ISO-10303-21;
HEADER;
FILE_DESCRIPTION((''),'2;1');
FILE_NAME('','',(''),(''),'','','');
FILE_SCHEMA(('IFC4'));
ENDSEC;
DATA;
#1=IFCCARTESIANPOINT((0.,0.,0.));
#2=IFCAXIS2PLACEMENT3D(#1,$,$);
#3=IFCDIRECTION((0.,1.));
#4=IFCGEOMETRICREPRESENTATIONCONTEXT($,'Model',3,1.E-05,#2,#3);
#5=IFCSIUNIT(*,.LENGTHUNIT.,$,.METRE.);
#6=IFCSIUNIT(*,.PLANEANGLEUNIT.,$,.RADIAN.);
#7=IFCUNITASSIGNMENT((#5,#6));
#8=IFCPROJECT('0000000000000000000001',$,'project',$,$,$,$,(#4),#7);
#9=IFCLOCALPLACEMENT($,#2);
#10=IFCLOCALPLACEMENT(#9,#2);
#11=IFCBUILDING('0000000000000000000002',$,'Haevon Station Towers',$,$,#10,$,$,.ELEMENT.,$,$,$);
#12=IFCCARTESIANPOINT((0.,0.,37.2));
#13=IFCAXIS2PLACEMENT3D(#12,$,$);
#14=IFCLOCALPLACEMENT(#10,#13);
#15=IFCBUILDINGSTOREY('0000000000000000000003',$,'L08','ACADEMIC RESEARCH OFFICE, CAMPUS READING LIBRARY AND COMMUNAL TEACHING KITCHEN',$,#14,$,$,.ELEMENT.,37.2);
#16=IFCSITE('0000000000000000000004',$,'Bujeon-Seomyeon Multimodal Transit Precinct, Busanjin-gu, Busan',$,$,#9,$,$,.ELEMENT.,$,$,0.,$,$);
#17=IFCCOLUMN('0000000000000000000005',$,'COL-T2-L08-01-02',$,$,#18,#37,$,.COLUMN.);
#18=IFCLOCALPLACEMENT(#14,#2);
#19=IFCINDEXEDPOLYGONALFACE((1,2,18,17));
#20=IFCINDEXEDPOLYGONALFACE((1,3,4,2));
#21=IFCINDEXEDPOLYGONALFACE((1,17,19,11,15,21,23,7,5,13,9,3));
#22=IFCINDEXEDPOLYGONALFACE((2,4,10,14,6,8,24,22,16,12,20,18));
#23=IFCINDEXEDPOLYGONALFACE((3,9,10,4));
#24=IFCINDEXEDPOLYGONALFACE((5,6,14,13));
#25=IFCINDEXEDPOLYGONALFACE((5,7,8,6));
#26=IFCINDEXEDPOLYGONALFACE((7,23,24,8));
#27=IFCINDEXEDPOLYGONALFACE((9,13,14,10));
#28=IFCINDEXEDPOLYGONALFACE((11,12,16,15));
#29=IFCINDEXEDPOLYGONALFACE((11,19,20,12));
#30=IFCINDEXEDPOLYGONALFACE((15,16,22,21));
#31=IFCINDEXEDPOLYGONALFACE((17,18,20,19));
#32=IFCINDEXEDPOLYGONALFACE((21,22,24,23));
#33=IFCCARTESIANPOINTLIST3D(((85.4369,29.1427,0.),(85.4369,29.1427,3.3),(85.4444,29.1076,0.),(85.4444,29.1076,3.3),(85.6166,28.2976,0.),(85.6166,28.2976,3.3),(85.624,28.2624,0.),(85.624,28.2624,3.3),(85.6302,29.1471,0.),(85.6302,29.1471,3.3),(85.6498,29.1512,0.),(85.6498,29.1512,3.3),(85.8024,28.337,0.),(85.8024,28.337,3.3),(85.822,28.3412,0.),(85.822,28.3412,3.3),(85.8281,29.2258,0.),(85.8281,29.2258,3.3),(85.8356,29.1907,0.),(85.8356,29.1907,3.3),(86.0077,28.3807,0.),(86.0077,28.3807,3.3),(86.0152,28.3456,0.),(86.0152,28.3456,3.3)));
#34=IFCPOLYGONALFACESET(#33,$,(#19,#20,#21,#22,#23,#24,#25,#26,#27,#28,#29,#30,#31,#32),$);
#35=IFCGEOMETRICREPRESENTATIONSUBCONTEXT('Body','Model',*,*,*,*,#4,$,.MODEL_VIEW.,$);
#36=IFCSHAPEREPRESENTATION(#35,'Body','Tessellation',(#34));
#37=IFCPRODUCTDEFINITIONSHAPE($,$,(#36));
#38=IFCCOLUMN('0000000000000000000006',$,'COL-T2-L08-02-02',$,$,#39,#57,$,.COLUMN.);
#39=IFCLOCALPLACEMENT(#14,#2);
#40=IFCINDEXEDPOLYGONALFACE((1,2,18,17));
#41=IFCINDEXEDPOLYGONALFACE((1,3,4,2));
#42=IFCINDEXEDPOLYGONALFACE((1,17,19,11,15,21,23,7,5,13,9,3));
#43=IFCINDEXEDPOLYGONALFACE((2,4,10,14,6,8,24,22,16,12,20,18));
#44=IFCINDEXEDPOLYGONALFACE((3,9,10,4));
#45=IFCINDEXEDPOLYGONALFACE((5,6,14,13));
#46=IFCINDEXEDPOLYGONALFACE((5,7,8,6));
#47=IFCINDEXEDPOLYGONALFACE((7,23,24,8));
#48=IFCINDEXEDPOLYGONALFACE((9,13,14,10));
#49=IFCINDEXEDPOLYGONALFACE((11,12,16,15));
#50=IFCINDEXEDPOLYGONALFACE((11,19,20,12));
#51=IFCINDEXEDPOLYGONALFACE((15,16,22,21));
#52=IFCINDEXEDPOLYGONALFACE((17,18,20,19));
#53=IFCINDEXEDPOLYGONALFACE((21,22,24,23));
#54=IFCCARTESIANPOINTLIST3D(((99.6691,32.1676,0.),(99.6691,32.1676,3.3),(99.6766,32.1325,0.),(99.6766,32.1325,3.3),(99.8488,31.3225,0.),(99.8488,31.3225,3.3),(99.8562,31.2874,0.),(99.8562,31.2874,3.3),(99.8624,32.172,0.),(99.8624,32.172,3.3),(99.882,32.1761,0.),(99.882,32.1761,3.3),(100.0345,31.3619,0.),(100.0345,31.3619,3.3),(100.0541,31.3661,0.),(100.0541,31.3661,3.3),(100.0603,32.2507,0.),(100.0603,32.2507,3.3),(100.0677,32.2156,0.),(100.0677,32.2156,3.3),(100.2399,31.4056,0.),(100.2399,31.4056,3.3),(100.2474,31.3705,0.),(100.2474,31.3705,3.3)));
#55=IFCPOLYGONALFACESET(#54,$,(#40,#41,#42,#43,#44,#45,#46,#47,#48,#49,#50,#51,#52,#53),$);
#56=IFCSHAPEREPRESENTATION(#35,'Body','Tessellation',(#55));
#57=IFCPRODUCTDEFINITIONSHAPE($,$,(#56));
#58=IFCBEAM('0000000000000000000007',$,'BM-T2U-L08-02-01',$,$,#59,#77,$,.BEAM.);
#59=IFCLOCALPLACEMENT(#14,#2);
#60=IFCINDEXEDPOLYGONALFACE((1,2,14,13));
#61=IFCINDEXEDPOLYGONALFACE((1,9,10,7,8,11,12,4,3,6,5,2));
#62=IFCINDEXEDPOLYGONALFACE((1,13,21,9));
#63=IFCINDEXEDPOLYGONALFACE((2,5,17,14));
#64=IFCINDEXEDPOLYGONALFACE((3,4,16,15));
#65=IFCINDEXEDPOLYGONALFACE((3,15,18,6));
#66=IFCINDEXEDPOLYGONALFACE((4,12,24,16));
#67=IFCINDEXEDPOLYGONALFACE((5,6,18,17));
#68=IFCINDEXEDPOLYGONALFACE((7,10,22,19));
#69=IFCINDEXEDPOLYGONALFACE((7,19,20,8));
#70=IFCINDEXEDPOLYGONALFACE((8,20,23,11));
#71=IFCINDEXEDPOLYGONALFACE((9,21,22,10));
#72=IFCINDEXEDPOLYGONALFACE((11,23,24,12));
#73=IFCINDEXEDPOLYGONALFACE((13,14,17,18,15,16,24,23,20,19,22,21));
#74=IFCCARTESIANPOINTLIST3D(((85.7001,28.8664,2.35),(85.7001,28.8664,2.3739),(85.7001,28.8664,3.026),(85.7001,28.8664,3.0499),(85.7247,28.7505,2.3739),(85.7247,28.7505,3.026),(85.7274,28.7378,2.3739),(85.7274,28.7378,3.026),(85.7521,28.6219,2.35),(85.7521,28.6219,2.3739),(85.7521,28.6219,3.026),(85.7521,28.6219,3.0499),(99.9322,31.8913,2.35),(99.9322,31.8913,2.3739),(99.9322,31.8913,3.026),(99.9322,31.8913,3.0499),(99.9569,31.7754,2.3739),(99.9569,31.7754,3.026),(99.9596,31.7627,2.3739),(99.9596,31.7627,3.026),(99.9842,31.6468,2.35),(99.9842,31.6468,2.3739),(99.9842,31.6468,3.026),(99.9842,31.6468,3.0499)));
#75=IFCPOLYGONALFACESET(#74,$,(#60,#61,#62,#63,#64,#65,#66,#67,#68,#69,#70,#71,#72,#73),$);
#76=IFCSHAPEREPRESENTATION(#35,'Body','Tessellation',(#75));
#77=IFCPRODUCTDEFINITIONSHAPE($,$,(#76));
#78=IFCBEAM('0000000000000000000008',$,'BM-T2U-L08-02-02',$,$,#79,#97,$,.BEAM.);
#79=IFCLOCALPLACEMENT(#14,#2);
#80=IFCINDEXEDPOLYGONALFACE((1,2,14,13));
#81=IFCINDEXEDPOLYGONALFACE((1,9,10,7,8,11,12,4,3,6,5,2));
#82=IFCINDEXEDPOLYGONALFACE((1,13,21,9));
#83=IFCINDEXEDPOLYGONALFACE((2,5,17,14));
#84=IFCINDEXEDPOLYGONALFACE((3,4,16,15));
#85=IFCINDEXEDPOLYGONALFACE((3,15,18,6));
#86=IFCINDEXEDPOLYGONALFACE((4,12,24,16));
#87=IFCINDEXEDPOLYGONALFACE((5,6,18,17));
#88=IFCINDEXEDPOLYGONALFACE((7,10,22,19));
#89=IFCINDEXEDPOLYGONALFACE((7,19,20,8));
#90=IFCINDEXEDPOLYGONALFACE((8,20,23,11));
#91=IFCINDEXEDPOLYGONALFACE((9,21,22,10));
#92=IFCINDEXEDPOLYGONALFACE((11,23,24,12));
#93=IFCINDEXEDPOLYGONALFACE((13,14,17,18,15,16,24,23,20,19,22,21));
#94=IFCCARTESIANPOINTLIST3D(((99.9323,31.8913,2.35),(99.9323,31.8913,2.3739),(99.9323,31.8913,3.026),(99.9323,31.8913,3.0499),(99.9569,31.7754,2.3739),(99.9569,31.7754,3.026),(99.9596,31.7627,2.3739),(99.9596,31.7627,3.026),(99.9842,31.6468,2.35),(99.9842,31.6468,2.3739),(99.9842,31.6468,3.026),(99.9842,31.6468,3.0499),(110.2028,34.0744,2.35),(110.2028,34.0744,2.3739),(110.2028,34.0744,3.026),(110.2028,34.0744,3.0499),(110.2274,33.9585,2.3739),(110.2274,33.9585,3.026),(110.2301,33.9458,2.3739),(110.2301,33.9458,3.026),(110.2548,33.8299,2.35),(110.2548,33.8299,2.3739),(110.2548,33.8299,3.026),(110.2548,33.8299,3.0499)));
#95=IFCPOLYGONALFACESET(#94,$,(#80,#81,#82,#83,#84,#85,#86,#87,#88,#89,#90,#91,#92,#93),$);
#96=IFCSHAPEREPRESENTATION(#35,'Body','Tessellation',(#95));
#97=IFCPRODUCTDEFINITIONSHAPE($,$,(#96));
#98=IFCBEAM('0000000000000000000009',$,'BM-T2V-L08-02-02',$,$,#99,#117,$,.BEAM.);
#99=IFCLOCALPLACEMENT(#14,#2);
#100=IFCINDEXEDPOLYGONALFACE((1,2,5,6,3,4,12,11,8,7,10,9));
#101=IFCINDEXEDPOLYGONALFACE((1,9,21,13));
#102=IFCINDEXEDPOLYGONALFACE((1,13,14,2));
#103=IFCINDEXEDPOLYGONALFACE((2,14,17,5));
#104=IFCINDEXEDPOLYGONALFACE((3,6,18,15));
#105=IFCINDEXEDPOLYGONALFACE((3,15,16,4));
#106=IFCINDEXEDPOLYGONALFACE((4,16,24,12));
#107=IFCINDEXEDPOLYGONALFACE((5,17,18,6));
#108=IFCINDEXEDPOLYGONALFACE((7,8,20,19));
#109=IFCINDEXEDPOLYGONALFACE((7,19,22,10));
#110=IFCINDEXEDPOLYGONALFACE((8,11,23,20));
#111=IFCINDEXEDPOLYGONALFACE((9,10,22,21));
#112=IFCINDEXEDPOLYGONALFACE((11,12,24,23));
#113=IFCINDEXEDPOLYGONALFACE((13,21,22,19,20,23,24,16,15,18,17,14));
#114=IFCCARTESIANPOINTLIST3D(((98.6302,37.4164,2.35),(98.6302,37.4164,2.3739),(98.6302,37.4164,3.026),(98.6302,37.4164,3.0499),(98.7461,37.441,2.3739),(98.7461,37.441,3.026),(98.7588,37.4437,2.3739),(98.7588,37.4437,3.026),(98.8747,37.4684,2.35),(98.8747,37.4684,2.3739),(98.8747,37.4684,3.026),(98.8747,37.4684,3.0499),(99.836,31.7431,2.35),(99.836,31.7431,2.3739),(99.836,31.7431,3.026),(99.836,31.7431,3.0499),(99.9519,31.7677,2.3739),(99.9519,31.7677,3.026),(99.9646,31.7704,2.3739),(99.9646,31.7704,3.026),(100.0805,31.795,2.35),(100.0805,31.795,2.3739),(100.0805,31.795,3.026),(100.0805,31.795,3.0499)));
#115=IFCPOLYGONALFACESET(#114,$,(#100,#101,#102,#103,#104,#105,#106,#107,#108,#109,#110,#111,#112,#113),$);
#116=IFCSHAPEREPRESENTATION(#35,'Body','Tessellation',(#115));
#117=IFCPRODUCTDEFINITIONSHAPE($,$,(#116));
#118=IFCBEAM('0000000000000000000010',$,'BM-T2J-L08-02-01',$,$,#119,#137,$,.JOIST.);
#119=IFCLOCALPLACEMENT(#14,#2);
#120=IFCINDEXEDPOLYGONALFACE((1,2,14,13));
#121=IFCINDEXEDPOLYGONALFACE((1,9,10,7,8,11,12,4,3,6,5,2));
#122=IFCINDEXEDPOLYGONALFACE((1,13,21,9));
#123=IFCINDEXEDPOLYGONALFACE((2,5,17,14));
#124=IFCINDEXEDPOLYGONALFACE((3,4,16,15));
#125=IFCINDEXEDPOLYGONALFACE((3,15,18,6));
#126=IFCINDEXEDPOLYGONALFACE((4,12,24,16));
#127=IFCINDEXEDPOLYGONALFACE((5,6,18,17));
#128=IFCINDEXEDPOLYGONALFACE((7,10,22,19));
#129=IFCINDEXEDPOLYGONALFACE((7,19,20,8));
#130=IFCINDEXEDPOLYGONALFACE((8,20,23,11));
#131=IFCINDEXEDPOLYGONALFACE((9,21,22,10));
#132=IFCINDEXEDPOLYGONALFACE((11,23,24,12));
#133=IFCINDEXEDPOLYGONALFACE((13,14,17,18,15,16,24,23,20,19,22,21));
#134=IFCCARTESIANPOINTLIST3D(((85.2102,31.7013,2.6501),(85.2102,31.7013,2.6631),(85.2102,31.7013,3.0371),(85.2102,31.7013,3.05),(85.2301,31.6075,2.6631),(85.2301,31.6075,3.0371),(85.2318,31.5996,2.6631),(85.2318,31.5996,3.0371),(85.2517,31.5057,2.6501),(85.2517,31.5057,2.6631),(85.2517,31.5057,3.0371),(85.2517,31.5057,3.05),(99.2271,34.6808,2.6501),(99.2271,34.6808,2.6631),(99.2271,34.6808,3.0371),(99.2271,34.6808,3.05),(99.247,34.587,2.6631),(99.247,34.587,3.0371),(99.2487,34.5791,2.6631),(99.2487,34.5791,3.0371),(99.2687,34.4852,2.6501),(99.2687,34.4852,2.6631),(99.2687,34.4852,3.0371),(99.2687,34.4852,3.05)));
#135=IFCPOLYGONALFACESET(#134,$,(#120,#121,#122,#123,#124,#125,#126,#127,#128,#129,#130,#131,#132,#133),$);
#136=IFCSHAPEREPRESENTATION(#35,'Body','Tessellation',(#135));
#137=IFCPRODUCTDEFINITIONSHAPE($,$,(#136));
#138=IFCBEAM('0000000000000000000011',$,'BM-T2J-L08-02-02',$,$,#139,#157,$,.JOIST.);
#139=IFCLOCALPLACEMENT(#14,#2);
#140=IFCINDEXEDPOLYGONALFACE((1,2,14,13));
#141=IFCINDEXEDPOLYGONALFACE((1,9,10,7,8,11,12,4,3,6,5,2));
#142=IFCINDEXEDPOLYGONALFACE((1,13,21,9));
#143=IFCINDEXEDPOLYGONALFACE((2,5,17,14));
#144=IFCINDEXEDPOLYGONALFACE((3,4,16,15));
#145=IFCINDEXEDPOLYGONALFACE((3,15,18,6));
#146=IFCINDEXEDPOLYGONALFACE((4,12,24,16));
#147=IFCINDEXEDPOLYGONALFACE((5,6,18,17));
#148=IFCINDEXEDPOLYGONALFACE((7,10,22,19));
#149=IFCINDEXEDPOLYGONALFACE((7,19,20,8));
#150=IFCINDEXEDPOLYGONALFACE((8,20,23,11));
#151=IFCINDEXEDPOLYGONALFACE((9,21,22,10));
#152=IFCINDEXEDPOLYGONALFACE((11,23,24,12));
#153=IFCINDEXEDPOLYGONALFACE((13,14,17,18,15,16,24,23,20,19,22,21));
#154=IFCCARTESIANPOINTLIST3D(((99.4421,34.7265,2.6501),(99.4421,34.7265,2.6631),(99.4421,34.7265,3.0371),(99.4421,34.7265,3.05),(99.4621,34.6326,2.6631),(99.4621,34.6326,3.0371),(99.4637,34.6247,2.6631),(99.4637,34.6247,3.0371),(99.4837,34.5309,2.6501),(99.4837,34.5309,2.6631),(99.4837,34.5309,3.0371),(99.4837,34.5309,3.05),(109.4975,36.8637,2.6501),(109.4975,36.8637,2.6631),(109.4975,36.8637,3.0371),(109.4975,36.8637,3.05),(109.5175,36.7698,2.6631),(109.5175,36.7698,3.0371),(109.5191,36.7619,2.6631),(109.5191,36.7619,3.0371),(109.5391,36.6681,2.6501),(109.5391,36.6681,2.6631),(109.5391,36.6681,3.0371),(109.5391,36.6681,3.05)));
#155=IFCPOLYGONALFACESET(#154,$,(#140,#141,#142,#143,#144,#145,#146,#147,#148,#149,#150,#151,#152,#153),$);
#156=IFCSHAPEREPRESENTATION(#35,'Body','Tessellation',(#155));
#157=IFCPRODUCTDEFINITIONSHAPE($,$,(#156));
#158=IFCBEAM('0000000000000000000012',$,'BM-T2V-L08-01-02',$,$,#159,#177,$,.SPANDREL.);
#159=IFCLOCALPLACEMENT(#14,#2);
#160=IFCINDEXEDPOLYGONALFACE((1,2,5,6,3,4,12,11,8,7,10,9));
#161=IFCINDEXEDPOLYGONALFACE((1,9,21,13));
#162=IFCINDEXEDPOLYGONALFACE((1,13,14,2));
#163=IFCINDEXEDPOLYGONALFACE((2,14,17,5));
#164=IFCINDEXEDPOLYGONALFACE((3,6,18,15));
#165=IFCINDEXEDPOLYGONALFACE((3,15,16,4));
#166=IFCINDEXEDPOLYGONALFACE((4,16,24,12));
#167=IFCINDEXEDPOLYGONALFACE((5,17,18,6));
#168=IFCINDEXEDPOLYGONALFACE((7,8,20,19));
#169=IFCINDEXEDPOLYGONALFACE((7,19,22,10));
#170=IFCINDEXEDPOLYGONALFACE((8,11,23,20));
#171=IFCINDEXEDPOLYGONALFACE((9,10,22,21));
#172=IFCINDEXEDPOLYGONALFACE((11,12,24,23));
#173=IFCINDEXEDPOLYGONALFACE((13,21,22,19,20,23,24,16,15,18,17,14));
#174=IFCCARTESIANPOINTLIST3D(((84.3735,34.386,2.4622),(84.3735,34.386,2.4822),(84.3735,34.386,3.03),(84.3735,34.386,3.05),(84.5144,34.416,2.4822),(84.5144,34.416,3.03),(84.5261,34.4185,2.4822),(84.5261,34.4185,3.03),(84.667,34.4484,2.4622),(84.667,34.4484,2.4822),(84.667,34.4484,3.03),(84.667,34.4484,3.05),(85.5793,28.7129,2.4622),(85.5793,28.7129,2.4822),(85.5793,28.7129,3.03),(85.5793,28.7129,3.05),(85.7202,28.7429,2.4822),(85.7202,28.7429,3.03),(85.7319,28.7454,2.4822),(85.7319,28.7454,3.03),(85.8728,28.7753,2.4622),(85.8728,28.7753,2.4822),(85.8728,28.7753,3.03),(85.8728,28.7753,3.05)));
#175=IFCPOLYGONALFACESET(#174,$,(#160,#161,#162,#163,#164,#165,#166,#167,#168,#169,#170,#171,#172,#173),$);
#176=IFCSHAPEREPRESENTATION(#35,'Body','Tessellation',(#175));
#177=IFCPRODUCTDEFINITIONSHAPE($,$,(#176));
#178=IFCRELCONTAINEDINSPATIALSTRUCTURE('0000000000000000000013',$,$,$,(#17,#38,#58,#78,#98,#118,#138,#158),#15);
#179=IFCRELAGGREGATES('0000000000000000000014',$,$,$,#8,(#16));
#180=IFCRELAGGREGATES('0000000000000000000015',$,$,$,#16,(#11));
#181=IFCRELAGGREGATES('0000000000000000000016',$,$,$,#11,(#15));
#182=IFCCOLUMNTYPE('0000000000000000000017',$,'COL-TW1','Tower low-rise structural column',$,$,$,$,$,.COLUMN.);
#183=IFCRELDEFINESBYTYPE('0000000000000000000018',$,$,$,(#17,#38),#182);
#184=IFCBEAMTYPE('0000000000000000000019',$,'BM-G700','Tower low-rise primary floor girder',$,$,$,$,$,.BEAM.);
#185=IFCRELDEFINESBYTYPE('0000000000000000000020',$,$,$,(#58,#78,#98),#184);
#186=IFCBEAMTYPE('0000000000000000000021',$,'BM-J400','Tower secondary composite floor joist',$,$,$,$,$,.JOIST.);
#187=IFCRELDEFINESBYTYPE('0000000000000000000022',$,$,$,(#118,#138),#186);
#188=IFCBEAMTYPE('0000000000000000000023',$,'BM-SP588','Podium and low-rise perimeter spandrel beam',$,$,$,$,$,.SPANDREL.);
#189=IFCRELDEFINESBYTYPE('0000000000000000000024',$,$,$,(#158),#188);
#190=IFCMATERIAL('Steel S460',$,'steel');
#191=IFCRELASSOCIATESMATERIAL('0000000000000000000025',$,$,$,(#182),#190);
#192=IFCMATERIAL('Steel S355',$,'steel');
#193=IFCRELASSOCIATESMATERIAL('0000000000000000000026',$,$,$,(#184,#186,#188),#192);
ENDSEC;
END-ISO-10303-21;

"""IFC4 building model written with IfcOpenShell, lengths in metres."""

from ifc_helpers import new_model, si_unit, direction, frame, origin, origin_2d, place, context, subcontext, project, spatial, i_section, extrude, material, material_profile, profile_set, type_object, element, save


model = new_model("IFC4")

# Units and contexts
model_context = context("Model", 3, precision=1e-05, world=origin(), true_north=direction((0.0, 1.0)))
body_context = subcontext(model_context, "Body", "Model", "MODEL_VIEW")
ifc_project = project(units=[si_unit("LENGTHUNIT", "METRE"), si_unit("PLANEANGLEUNIT", "RADIAN")], contexts=[model_context])

# Site, building, storey
site_placement = place(None, origin())
site = spatial("IfcSite", under=ifc_project, at=site_placement, Name="Bujeon-Seomyeon Multimodal Transit Precinct, Busanjin-gu, Busan", CompositionType="ELEMENT", RefElevation=0.0)
building_placement = place(site_placement, origin())
building = spatial("IfcBuilding", under=site, at=building_placement, Name="Haevon Station Towers", CompositionType="ELEMENT")
storey_placement = place(building_placement, frame((0.0, 0.0, 37.2)))
storey = spatial("IfcBuildingStorey", under=building, at=storey_placement, Name="L08", Description="ACADEMIC RESEARCH OFFICE, CAMPUS READING LIBRARY AND COMMUNAL TEACHING KITCHEN", CompositionType="ELEMENT", Elevation=37.2)

# Columns
ifc_material_1 = material(Name="Steel S460", Category="steel")
ifc_material_profile_1 = material_profile(ifc_material_1, i_section(OverallWidth=0.3999, OverallDepth=0.8999, WebThickness=0.02, FlangeThickness=0.0359, at=origin_2d()), Name="H-900x400x20x36")
ifc_profile_set_1 = profile_set([ifc_material_profile_1], Name="Steel S460")
column_type = type_object("IfcColumnType", Name="COL-TW1", Description="Tower low-rise structural column", PredefinedType="COLUMN", material=ifc_profile_set_1)
for number, where, z_axis, x_axis, name in (
    (1, (85.7261, 28.7441, 0.0), (0.0, 0.0, 1.0), (0.978148, 0.207912, 0.0), "COL-T2-L08-01-02"),
    (2, (99.9583, 31.769, 0.0), (0.0, 0.0, 1.0), (0.978148, 0.207912, 0.0), "COL-T2-L08-02-02"),
):
    element("IfcColumn", number, at=place(storey_placement, frame(where, z_axis=z_axis, x_axis=x_axis)), inside=storey, type_object=column_type, Name=name, PredefinedType="COLUMN", context=body_context, shape_type="SweptSolid", body=[
        extrude(i_section(OverallWidth=0.3999, OverallDepth=0.8999, WebThickness=0.02, FlangeThickness=0.0359, at=origin_2d()), origin(), (0.0, 0.0, 1.0), 3.3),
    ])

# Beams
ifc_material_2 = material(Name="Steel S355", Category="steel")
ifc_material_profile_2 = material_profile(ifc_material_2, i_section(OverallWidth=0.25, OverallDepth=0.7, WebThickness=0.0129, FlangeThickness=0.0239, at=origin_2d()), Name="H-700x250x13x24")
ifc_profile_set_2 = profile_set([ifc_material_profile_2], Name="Steel S355")
beam_type_1 = type_object("IfcBeamType", Name="BM-G700", Description="Tower low-rise primary floor girder", PredefinedType="BEAM", material=ifc_profile_set_2)
beam_1_placement = place(storey_placement, frame((85.7261, 28.7441, 2.7), z_axis=(0.978151, 0.207896, 0.0), x_axis=(-0.207896, 0.978151, 0.0)))
element("IfcBeam", 3, at=beam_1_placement, inside=storey, type_object=beam_type_1, Name="BM-T2U-L08-02-01", PredefinedType="BEAM", context=body_context, shape_type="SweptSolid", body=[
    extrude(i_section(OverallWidth=0.25, OverallDepth=0.7, WebThickness=0.0129, FlangeThickness=0.0239, at=origin_2d()), origin(), (0.0, 0.0, 1.0), 14.55),
])
beam_2_placement = place(storey_placement, frame((99.9583, 31.769, 2.7), z_axis=(0.978147, 0.207915, 0.0), x_axis=(-0.207915, 0.978147, 0.0)))
element("IfcBeam", 4, at=beam_2_placement, inside=storey, type_object=beam_type_1, Name="BM-T2U-L08-02-02", PredefinedType="BEAM", context=body_context, shape_type="SweptSolid", body=[
    extrude(i_section(OverallWidth=0.25, OverallDepth=0.7, WebThickness=0.0129, FlangeThickness=0.0239, at=origin_2d()), origin(), (0.0, 0.0, 1.0), 10.5),
])
beam_3_placement = place(storey_placement, frame((99.9583, 31.769, 2.7), z_axis=(-0.207896, 0.978151, 0.0), x_axis=(-0.978151, -0.207896, 0.0)))
element("IfcBeam", 5, at=beam_3_placement, inside=storey, type_object=beam_type_1, Name="BM-T2V-L08-02-02", PredefinedType="BEAM", context=body_context, shape_type="SweptSolid", body=[
    extrude(i_section(OverallWidth=0.25, OverallDepth=0.7, WebThickness=0.0129, FlangeThickness=0.0239, at=origin_2d()), origin(), (0.0, 0.0, 1.0), 5.8),
])
ifc_material_profile_3 = material_profile(ifc_material_2, i_section(OverallWidth=0.2, OverallDepth=0.3999, WebThickness=0.0081, FlangeThickness=0.0129, at=origin_2d()), Name="H-400x200x8x13")
ifc_profile_set_3 = profile_set([ifc_material_profile_3], Name="Steel S355")
beam_type_2 = type_object("IfcBeamType", Name="BM-J400", Description="Tower secondary composite floor joist", PredefinedType="JOIST", material=ifc_profile_set_3)
beam_4_placement = place(storey_placement, frame((85.231, 31.6035, 2.8501), z_axis=(0.978146, 0.20792, 0.0), x_axis=(-0.20792, 0.978146, 0.0)))
element("IfcBeam", 6, at=beam_4_placement, inside=storey, type_object=beam_type_2, Name="BM-T2J-L08-02-01", PredefinedType="JOIST", context=body_context, shape_type="SweptSolid", body=[
    extrude(i_section(OverallWidth=0.2, OverallDepth=0.3999, WebThickness=0.0081, FlangeThickness=0.0129, at=origin_2d()), origin(), (0.0, 0.0, 1.0), 14.3301),
])
beam_5_placement = place(storey_placement, frame((99.4629, 34.6287, 2.8501), z_axis=(0.97815, 0.207899, 0.0), x_axis=(-0.207899, 0.97815, 0.0)))
element("IfcBeam", 7, at=beam_5_placement, inside=storey, type_object=beam_type_2, Name="BM-T2J-L08-02-02", PredefinedType="JOIST", context=body_context, shape_type="SweptSolid", body=[
    extrude(i_section(OverallWidth=0.2, OverallDepth=0.3999, WebThickness=0.0081, FlangeThickness=0.0129, at=origin_2d()), origin(), (0.0, 0.0, 1.0), 10.28),
])
ifc_material_profile_4 = material_profile(ifc_material_2, i_section(OverallWidth=0.3, OverallDepth=0.5879, WebThickness=0.012, FlangeThickness=0.02, at=origin_2d()), Name="H-588x300x12x20")
ifc_profile_set_4 = profile_set([ifc_material_profile_4], Name="Steel S355")
beam_type_3 = type_object("IfcBeamType", Name="BM-SP588", Description="Podium and low-rise perimeter spandrel beam", PredefinedType="SPANDREL", material=ifc_profile_set_4)
beam_6_placement = place(storey_placement, frame((85.7261, 28.7441, 2.7561), z_axis=(-0.207905, 0.978149, 0.0), x_axis=(-0.978149, -0.207905, 0.0)))
element("IfcBeam", 8, at=beam_6_placement, inside=storey, type_object=beam_type_3, Name="BM-T2V-L08-01-02", PredefinedType="SPANDREL", context=body_context, shape_type="SweptSolid", body=[
    extrude(i_section(OverallWidth=0.3, OverallDepth=0.5879, WebThickness=0.012, FlangeThickness=0.02, at=origin_2d()), origin(), (0.0, 0.0, 1.0), 5.7998),
])

save(model, "model.ifc")
